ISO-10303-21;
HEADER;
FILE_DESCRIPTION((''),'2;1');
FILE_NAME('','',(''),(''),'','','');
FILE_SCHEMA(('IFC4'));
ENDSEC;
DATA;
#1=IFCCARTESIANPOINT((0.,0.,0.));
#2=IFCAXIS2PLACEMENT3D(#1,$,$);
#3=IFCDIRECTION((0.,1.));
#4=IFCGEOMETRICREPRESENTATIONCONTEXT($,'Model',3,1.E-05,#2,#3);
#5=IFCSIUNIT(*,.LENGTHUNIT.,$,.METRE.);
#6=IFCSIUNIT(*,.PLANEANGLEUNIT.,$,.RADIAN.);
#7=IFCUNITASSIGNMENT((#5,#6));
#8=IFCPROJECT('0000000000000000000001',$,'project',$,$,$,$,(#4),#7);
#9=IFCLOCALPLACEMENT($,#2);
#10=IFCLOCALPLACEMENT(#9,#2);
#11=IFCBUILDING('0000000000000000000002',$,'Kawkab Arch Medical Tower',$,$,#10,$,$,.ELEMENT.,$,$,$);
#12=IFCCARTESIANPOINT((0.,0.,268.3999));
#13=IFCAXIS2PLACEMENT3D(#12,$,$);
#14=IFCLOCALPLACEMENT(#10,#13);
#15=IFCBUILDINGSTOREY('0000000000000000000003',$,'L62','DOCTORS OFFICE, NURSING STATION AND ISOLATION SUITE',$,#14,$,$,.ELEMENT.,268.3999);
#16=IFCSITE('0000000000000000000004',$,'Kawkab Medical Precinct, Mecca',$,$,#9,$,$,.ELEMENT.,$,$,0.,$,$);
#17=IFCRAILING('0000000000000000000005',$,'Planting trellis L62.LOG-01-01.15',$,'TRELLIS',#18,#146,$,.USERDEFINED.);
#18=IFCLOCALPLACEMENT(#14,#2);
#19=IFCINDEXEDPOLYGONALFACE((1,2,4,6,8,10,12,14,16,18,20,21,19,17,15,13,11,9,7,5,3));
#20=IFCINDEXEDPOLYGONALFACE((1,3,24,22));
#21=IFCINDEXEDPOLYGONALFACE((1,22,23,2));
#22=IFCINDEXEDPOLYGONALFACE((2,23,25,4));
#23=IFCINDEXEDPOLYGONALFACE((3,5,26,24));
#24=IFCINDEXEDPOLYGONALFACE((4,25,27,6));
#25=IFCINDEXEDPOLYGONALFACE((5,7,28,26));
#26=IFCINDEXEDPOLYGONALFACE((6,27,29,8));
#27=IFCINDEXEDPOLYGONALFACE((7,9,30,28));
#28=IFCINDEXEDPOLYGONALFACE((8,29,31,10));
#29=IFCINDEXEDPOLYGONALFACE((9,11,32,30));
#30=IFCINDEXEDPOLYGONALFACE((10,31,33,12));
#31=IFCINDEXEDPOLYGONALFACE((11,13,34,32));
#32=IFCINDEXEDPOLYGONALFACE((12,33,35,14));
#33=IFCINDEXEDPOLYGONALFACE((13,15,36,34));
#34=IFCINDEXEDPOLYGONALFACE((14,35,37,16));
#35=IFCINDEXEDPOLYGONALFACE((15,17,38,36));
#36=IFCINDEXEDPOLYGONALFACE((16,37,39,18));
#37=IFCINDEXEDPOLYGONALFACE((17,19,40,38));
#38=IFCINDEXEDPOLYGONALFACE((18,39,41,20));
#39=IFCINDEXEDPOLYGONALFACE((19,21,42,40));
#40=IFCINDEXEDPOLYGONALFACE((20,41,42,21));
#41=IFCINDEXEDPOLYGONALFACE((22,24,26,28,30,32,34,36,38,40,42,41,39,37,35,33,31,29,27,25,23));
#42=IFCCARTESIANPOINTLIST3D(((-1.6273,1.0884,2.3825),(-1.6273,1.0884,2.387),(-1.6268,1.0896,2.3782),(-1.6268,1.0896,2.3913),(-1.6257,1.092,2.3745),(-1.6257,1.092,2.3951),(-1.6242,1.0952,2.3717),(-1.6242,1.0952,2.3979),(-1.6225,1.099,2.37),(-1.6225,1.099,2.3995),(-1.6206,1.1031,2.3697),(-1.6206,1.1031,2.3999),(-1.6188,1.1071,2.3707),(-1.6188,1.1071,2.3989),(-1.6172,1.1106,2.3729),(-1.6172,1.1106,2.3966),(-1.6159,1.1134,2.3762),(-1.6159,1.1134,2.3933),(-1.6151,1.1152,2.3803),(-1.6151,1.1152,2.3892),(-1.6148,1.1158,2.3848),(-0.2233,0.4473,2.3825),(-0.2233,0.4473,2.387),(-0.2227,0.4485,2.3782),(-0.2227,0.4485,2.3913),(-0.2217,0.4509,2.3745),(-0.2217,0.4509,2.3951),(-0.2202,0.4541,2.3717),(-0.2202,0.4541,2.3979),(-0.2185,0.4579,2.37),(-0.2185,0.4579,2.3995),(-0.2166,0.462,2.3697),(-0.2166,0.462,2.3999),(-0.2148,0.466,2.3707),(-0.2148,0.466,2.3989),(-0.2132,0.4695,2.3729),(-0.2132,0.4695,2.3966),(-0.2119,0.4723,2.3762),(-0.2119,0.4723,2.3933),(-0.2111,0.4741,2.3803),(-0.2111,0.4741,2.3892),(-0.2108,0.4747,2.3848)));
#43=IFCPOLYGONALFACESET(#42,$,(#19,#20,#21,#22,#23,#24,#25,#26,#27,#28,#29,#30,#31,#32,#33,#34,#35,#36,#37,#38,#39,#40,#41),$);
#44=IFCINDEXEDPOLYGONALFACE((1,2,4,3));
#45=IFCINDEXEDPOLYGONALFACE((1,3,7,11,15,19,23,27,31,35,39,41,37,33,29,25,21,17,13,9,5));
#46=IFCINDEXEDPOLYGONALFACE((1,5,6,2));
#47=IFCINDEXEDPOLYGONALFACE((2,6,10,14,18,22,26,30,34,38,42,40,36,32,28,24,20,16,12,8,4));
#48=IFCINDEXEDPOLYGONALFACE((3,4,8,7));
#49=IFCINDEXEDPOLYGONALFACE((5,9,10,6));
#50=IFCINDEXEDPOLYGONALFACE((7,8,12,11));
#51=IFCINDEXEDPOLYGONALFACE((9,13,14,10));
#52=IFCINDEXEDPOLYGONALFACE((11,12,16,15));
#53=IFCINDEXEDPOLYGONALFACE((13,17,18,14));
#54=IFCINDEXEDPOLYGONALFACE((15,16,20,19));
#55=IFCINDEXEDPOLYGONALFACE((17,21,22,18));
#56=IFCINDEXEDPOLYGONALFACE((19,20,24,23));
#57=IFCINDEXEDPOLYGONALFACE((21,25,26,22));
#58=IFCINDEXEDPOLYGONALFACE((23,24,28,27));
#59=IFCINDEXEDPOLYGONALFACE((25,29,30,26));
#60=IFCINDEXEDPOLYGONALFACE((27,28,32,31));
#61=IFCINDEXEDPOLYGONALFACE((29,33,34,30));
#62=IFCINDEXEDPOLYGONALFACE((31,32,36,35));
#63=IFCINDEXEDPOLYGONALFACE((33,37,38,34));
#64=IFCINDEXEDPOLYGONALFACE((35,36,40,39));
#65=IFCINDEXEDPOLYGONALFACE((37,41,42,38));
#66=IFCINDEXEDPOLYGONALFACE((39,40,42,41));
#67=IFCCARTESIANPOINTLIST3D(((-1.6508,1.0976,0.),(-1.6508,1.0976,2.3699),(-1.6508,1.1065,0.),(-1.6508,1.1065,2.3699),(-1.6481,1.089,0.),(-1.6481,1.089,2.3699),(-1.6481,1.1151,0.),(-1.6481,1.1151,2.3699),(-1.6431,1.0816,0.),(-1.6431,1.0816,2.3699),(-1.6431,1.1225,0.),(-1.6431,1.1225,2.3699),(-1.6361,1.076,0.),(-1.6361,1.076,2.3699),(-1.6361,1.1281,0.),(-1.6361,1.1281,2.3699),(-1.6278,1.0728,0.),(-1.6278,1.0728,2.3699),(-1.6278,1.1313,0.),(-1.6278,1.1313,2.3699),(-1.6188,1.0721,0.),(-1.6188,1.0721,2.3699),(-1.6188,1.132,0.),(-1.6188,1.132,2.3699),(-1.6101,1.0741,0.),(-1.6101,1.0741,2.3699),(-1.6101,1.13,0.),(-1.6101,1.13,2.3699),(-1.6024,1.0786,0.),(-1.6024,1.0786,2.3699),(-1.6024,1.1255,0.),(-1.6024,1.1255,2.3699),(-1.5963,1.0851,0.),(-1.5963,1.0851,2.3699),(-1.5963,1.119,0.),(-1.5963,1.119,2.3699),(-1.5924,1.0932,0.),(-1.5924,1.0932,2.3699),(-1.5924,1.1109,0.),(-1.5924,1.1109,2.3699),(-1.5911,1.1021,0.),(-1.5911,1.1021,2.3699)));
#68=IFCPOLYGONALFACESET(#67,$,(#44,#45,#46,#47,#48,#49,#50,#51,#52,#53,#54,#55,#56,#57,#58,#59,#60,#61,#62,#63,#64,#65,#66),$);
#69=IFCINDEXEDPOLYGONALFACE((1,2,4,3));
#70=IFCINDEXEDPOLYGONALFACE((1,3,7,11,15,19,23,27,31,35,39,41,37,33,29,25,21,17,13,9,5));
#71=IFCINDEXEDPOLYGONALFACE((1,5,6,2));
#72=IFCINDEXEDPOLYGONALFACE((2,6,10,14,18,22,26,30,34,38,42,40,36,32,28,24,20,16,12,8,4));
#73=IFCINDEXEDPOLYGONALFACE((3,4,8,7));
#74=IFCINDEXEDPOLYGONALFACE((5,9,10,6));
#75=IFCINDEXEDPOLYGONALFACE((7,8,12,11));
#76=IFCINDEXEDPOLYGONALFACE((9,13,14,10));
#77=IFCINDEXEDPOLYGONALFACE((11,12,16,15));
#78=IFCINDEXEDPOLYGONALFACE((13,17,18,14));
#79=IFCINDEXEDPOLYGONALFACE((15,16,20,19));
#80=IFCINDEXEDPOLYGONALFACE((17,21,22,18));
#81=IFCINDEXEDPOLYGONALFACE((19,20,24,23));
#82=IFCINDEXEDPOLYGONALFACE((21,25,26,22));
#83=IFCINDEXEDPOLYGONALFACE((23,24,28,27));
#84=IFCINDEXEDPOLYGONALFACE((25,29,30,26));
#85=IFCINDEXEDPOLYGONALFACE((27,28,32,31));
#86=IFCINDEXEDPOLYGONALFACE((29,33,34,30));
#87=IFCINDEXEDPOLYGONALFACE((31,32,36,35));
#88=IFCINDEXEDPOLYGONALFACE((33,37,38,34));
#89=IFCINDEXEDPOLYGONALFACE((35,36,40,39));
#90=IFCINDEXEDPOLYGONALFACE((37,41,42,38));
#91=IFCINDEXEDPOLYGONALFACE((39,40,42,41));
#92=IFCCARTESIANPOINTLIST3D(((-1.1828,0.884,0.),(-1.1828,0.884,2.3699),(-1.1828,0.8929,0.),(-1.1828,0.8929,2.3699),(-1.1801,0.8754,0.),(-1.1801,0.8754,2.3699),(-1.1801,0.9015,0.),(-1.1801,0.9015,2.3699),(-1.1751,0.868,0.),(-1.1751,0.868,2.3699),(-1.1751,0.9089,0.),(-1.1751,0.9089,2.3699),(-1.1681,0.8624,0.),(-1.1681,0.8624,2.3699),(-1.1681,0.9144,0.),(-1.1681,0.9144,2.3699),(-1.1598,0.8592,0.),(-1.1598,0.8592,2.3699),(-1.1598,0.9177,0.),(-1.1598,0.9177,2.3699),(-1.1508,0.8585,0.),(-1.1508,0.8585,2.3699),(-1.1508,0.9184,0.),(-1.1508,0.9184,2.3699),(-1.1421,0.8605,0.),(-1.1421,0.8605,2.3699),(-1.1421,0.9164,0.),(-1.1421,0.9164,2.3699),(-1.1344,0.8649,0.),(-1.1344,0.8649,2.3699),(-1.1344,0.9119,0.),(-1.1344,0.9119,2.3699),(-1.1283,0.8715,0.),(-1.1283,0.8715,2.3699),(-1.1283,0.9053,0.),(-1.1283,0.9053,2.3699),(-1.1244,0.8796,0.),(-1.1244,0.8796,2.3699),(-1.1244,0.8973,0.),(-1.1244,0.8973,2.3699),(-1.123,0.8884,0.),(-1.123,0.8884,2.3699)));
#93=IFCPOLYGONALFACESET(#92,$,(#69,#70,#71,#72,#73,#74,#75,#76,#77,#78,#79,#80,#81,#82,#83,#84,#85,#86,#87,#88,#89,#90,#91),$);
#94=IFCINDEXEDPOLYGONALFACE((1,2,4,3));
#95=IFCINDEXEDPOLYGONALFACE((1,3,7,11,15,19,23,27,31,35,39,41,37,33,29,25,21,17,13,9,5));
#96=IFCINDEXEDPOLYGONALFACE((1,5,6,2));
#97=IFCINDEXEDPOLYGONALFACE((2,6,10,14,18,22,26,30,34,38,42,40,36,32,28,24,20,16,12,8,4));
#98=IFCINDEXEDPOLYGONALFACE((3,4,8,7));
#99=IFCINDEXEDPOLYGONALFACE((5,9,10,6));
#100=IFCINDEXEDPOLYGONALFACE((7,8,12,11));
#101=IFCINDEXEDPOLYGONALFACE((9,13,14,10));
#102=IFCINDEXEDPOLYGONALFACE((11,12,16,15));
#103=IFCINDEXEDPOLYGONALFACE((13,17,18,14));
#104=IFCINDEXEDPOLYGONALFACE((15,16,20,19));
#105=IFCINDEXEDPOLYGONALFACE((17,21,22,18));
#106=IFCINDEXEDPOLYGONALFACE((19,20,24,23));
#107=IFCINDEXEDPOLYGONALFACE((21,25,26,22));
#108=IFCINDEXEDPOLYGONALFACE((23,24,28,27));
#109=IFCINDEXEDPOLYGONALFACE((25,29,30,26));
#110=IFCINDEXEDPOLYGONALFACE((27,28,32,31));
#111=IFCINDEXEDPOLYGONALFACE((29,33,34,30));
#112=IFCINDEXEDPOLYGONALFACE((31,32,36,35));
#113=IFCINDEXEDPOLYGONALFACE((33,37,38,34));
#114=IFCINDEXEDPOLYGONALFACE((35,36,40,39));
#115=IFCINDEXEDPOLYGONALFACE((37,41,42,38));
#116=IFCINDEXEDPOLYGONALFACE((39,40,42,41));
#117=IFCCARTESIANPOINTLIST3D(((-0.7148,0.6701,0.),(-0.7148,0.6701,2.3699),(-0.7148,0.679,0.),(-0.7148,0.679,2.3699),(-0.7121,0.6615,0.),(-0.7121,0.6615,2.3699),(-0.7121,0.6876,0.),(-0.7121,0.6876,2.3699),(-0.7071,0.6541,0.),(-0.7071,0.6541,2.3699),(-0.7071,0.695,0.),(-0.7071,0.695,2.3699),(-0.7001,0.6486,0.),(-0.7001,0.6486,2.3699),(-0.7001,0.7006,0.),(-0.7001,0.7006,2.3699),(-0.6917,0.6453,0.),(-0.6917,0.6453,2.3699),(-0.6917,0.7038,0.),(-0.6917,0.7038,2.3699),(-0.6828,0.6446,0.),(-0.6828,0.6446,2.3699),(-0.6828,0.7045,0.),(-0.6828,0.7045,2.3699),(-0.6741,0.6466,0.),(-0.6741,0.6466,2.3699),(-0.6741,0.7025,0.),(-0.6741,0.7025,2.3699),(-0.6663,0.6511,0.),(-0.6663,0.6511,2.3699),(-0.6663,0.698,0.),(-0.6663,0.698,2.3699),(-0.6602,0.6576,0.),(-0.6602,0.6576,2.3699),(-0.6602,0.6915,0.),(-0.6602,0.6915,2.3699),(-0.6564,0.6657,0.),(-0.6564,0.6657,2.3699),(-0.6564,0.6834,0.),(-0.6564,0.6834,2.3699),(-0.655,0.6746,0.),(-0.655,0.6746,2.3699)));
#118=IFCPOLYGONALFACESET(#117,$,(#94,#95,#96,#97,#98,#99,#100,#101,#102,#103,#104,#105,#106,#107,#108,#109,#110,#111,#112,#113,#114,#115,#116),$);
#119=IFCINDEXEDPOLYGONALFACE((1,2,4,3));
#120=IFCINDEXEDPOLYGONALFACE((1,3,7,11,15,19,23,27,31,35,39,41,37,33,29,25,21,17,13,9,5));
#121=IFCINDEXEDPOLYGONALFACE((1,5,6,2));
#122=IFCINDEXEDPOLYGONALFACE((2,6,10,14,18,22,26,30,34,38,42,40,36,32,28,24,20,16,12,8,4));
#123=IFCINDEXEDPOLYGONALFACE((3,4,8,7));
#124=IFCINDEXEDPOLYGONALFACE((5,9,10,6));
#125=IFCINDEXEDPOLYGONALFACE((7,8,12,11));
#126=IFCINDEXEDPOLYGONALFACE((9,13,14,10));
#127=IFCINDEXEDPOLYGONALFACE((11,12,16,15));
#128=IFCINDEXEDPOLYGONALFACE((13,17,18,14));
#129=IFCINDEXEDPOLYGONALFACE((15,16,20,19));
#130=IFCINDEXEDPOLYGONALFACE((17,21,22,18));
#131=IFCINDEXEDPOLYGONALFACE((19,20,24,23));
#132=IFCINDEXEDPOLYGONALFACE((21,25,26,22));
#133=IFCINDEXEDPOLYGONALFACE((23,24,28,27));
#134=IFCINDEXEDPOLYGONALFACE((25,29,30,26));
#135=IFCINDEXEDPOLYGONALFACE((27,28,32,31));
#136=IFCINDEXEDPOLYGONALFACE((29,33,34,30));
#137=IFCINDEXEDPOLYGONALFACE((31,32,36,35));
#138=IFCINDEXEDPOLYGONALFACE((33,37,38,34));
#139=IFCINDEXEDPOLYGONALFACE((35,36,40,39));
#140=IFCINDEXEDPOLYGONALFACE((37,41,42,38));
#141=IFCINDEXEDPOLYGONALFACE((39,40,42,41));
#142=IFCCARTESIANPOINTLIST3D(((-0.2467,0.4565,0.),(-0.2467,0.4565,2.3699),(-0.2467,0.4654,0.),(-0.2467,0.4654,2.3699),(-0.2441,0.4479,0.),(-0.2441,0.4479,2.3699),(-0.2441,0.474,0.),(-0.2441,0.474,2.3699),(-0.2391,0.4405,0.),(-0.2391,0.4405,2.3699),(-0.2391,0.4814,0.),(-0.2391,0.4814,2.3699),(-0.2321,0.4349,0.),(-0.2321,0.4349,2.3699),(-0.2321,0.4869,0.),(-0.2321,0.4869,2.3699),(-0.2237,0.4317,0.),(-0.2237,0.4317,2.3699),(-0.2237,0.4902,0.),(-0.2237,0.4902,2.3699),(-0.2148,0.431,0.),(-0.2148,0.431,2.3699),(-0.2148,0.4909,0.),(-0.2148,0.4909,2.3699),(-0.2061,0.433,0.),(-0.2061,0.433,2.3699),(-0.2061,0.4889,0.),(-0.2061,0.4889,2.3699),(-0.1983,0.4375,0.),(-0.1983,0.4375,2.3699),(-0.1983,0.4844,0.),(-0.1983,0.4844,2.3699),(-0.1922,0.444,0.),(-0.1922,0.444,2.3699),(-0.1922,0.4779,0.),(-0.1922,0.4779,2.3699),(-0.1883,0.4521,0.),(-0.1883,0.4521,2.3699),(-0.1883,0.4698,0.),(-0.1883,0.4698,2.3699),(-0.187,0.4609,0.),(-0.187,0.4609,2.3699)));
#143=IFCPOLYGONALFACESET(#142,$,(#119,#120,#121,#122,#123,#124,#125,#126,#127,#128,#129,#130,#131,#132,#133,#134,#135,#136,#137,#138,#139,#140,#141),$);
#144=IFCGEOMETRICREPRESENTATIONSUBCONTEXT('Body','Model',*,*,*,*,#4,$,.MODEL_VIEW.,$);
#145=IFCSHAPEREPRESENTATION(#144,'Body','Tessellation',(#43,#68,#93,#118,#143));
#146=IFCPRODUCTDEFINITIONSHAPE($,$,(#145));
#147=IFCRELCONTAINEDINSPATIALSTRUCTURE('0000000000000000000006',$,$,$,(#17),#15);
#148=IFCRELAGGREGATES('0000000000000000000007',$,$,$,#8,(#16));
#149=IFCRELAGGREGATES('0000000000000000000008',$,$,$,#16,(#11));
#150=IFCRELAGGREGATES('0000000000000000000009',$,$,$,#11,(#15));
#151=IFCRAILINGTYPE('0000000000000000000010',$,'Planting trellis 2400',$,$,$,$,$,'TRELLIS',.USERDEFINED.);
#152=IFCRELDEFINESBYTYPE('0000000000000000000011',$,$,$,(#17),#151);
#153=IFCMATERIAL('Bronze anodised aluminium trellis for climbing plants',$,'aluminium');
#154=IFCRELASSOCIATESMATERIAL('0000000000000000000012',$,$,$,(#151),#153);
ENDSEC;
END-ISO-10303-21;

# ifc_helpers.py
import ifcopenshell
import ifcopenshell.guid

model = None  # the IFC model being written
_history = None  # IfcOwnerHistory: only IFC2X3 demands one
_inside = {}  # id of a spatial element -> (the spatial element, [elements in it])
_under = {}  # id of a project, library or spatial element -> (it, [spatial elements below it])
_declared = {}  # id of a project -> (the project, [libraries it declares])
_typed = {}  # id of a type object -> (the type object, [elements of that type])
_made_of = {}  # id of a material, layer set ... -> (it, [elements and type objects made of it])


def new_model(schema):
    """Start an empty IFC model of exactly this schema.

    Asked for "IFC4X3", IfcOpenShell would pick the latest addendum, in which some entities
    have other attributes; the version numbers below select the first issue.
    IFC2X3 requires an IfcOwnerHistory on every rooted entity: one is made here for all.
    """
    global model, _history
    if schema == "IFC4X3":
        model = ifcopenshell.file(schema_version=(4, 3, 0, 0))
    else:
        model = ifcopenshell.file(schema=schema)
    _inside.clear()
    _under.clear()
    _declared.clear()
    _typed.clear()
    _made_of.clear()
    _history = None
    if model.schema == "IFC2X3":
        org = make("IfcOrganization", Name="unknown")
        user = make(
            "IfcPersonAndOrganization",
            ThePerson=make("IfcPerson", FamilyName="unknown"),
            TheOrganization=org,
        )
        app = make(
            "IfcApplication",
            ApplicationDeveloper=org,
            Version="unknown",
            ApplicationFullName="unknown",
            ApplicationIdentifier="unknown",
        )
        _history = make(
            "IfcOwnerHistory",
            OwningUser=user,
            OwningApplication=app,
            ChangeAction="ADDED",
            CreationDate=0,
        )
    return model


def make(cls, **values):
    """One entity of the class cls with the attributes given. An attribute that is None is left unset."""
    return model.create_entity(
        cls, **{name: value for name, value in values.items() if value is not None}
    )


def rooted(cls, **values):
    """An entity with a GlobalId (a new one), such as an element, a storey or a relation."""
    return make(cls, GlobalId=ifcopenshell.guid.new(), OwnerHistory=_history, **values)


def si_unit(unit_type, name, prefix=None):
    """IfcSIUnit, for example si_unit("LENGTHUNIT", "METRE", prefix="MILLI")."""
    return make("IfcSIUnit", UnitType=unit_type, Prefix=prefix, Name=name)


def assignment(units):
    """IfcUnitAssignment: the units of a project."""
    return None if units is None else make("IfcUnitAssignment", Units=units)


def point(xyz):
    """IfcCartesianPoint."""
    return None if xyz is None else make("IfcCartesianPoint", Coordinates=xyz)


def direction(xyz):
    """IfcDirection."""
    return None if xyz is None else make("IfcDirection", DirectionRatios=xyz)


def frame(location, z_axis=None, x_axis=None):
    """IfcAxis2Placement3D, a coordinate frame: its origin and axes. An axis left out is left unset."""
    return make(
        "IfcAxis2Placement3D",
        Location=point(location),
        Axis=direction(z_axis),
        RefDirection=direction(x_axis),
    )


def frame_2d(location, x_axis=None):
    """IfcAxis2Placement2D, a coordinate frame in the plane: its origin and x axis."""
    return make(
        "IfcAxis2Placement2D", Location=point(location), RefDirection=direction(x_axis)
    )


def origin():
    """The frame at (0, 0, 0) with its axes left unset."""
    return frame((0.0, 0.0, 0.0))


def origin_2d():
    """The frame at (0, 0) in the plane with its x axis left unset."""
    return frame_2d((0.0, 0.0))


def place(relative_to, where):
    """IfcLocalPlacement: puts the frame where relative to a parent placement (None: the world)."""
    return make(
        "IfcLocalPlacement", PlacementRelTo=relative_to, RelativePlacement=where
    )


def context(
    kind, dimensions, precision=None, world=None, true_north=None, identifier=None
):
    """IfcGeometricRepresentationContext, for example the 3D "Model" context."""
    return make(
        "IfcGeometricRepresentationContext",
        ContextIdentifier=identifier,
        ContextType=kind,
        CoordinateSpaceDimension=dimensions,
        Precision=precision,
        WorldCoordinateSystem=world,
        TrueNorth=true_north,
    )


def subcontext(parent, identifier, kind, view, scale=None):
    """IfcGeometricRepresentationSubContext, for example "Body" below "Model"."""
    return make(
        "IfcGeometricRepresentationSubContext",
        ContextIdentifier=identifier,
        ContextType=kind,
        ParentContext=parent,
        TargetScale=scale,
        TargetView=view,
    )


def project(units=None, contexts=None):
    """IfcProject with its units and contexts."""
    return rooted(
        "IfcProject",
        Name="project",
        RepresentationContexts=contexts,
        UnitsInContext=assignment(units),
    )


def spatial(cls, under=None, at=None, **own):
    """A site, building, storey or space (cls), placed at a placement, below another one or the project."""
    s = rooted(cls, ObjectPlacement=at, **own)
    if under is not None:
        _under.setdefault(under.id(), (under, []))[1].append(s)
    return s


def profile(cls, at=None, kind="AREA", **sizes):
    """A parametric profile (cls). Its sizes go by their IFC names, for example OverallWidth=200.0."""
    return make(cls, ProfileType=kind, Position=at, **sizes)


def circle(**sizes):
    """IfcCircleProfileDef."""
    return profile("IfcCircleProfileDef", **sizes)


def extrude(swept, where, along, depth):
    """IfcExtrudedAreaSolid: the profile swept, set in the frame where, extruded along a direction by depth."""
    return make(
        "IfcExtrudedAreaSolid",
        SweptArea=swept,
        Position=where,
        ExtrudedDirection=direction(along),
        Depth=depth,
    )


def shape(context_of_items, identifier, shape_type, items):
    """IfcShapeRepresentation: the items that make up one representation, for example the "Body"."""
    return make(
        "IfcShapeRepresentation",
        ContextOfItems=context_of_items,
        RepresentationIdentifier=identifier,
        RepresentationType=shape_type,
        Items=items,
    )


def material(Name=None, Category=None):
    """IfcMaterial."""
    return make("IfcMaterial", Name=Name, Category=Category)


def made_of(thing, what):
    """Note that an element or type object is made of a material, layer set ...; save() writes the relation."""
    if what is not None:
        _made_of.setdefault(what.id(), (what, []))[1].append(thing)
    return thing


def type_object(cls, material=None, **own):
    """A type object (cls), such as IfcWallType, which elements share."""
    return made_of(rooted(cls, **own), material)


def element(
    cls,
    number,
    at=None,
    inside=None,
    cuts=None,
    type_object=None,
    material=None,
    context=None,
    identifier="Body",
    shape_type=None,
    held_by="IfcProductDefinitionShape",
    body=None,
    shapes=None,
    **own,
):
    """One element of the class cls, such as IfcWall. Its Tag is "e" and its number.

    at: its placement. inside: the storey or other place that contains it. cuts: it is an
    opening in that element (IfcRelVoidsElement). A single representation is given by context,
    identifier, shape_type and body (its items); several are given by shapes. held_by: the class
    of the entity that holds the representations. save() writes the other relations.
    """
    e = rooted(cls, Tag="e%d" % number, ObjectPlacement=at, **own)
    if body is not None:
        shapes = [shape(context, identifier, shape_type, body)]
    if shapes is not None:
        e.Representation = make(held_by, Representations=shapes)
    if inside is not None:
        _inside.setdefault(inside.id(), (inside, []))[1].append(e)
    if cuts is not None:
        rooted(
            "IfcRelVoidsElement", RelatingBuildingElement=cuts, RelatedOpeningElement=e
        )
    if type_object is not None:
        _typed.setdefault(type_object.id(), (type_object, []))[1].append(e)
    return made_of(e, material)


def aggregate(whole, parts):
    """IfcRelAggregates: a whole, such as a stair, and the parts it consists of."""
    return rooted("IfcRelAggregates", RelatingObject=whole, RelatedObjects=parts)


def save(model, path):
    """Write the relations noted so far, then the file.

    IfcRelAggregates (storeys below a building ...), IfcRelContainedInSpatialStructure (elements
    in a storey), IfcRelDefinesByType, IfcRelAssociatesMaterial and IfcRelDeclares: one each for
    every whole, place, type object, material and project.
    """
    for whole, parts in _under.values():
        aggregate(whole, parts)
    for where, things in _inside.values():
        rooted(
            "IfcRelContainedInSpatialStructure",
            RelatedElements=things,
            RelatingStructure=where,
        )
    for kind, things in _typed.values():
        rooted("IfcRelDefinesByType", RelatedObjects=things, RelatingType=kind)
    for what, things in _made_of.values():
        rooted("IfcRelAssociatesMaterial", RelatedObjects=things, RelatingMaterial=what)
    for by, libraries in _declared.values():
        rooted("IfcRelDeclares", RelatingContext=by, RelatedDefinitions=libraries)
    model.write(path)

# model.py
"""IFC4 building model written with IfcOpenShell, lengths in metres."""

from ifc_helpers import new_model, si_unit, direction, frame, origin, origin_2d, place, context, subcontext, project, spatial, circle, extrude, material, type_object, element, save


model = new_model("IFC4")

# Units and contexts
model_context = context("Model", 3, precision=1e-05, world=origin(), true_north=direction((0.0, 1.0)))
body_context = subcontext(model_context, "Body", "Model", "MODEL_VIEW")
ifc_project = project(units=[si_unit("LENGTHUNIT", "METRE"), si_unit("PLANEANGLEUNIT", "RADIAN")], contexts=[model_context])

# Site, building, storey
site_placement = place(None, origin())
site = spatial("IfcSite", under=ifc_project, at=site_placement, Name="Kawkab Medical Precinct, Mecca", CompositionType="ELEMENT", RefElevation=0.0)
building_placement = place(site_placement, origin())
building = spatial("IfcBuilding", under=site, at=building_placement, Name="Kawkab Arch Medical Tower", CompositionType="ELEMENT")
storey_placement = place(building_placement, frame((0.0, 0.0, 268.3999)))
storey = spatial("IfcBuildingStorey", under=building, at=storey_placement, Name="L62", Description="DOCTORS OFFICE, NURSING STATION AND ISOLATION SUITE", CompositionType="ELEMENT", Elevation=268.3999)

# Railing
ifc_material_1 = material(Name="Bronze anodised aluminium trellis for climbing plants", Category="aluminium")
railing_type = type_object("IfcRailingType", Name="Planting trellis 2400", ElementType="TRELLIS", PredefinedType="USERDEFINED", material=ifc_material_1)
railing_1_placement = place(storey_placement, frame((-1.6211, 1.1021, 0.0)))
element("IfcRailing", 1, at=railing_1_placement, inside=storey, type_object=railing_type, Name="Planting trellis L62.LOG-01-01.15", ObjectType="TRELLIS", PredefinedType="USERDEFINED", context=body_context, shape_type="SweptSolid", body=[
    extrude(circle(Radius=0.0151, at=origin_2d()), frame((0.0, 0.0, 2.3848), z_axis=(0.909656, -0.415363, 0.0), x_axis=(0.415363, 0.909656, 0.0)), (0.0, 0.0, 1.0), 1.5435),
    extrude(circle(Radius=0.03, at=origin_2d()), origin(), (0.0, 0.0, 1.0), 2.3699),
    extrude(circle(Radius=0.03, at=origin_2d()), frame((0.468, -0.2136, 0.0)), (0.0, 0.0, 1.0), 2.3699),
    extrude(circle(Radius=0.03, at=origin_2d()), frame((0.936, -0.4275, 0.0)), (0.0, 0.0, 1.0), 2.3699),
    extrude(circle(Radius=0.03, at=origin_2d()), frame((1.4041, -0.6411, 0.0)), (0.0, 0.0, 1.0), 2.3699),
])

save(model, "model.ifc")
